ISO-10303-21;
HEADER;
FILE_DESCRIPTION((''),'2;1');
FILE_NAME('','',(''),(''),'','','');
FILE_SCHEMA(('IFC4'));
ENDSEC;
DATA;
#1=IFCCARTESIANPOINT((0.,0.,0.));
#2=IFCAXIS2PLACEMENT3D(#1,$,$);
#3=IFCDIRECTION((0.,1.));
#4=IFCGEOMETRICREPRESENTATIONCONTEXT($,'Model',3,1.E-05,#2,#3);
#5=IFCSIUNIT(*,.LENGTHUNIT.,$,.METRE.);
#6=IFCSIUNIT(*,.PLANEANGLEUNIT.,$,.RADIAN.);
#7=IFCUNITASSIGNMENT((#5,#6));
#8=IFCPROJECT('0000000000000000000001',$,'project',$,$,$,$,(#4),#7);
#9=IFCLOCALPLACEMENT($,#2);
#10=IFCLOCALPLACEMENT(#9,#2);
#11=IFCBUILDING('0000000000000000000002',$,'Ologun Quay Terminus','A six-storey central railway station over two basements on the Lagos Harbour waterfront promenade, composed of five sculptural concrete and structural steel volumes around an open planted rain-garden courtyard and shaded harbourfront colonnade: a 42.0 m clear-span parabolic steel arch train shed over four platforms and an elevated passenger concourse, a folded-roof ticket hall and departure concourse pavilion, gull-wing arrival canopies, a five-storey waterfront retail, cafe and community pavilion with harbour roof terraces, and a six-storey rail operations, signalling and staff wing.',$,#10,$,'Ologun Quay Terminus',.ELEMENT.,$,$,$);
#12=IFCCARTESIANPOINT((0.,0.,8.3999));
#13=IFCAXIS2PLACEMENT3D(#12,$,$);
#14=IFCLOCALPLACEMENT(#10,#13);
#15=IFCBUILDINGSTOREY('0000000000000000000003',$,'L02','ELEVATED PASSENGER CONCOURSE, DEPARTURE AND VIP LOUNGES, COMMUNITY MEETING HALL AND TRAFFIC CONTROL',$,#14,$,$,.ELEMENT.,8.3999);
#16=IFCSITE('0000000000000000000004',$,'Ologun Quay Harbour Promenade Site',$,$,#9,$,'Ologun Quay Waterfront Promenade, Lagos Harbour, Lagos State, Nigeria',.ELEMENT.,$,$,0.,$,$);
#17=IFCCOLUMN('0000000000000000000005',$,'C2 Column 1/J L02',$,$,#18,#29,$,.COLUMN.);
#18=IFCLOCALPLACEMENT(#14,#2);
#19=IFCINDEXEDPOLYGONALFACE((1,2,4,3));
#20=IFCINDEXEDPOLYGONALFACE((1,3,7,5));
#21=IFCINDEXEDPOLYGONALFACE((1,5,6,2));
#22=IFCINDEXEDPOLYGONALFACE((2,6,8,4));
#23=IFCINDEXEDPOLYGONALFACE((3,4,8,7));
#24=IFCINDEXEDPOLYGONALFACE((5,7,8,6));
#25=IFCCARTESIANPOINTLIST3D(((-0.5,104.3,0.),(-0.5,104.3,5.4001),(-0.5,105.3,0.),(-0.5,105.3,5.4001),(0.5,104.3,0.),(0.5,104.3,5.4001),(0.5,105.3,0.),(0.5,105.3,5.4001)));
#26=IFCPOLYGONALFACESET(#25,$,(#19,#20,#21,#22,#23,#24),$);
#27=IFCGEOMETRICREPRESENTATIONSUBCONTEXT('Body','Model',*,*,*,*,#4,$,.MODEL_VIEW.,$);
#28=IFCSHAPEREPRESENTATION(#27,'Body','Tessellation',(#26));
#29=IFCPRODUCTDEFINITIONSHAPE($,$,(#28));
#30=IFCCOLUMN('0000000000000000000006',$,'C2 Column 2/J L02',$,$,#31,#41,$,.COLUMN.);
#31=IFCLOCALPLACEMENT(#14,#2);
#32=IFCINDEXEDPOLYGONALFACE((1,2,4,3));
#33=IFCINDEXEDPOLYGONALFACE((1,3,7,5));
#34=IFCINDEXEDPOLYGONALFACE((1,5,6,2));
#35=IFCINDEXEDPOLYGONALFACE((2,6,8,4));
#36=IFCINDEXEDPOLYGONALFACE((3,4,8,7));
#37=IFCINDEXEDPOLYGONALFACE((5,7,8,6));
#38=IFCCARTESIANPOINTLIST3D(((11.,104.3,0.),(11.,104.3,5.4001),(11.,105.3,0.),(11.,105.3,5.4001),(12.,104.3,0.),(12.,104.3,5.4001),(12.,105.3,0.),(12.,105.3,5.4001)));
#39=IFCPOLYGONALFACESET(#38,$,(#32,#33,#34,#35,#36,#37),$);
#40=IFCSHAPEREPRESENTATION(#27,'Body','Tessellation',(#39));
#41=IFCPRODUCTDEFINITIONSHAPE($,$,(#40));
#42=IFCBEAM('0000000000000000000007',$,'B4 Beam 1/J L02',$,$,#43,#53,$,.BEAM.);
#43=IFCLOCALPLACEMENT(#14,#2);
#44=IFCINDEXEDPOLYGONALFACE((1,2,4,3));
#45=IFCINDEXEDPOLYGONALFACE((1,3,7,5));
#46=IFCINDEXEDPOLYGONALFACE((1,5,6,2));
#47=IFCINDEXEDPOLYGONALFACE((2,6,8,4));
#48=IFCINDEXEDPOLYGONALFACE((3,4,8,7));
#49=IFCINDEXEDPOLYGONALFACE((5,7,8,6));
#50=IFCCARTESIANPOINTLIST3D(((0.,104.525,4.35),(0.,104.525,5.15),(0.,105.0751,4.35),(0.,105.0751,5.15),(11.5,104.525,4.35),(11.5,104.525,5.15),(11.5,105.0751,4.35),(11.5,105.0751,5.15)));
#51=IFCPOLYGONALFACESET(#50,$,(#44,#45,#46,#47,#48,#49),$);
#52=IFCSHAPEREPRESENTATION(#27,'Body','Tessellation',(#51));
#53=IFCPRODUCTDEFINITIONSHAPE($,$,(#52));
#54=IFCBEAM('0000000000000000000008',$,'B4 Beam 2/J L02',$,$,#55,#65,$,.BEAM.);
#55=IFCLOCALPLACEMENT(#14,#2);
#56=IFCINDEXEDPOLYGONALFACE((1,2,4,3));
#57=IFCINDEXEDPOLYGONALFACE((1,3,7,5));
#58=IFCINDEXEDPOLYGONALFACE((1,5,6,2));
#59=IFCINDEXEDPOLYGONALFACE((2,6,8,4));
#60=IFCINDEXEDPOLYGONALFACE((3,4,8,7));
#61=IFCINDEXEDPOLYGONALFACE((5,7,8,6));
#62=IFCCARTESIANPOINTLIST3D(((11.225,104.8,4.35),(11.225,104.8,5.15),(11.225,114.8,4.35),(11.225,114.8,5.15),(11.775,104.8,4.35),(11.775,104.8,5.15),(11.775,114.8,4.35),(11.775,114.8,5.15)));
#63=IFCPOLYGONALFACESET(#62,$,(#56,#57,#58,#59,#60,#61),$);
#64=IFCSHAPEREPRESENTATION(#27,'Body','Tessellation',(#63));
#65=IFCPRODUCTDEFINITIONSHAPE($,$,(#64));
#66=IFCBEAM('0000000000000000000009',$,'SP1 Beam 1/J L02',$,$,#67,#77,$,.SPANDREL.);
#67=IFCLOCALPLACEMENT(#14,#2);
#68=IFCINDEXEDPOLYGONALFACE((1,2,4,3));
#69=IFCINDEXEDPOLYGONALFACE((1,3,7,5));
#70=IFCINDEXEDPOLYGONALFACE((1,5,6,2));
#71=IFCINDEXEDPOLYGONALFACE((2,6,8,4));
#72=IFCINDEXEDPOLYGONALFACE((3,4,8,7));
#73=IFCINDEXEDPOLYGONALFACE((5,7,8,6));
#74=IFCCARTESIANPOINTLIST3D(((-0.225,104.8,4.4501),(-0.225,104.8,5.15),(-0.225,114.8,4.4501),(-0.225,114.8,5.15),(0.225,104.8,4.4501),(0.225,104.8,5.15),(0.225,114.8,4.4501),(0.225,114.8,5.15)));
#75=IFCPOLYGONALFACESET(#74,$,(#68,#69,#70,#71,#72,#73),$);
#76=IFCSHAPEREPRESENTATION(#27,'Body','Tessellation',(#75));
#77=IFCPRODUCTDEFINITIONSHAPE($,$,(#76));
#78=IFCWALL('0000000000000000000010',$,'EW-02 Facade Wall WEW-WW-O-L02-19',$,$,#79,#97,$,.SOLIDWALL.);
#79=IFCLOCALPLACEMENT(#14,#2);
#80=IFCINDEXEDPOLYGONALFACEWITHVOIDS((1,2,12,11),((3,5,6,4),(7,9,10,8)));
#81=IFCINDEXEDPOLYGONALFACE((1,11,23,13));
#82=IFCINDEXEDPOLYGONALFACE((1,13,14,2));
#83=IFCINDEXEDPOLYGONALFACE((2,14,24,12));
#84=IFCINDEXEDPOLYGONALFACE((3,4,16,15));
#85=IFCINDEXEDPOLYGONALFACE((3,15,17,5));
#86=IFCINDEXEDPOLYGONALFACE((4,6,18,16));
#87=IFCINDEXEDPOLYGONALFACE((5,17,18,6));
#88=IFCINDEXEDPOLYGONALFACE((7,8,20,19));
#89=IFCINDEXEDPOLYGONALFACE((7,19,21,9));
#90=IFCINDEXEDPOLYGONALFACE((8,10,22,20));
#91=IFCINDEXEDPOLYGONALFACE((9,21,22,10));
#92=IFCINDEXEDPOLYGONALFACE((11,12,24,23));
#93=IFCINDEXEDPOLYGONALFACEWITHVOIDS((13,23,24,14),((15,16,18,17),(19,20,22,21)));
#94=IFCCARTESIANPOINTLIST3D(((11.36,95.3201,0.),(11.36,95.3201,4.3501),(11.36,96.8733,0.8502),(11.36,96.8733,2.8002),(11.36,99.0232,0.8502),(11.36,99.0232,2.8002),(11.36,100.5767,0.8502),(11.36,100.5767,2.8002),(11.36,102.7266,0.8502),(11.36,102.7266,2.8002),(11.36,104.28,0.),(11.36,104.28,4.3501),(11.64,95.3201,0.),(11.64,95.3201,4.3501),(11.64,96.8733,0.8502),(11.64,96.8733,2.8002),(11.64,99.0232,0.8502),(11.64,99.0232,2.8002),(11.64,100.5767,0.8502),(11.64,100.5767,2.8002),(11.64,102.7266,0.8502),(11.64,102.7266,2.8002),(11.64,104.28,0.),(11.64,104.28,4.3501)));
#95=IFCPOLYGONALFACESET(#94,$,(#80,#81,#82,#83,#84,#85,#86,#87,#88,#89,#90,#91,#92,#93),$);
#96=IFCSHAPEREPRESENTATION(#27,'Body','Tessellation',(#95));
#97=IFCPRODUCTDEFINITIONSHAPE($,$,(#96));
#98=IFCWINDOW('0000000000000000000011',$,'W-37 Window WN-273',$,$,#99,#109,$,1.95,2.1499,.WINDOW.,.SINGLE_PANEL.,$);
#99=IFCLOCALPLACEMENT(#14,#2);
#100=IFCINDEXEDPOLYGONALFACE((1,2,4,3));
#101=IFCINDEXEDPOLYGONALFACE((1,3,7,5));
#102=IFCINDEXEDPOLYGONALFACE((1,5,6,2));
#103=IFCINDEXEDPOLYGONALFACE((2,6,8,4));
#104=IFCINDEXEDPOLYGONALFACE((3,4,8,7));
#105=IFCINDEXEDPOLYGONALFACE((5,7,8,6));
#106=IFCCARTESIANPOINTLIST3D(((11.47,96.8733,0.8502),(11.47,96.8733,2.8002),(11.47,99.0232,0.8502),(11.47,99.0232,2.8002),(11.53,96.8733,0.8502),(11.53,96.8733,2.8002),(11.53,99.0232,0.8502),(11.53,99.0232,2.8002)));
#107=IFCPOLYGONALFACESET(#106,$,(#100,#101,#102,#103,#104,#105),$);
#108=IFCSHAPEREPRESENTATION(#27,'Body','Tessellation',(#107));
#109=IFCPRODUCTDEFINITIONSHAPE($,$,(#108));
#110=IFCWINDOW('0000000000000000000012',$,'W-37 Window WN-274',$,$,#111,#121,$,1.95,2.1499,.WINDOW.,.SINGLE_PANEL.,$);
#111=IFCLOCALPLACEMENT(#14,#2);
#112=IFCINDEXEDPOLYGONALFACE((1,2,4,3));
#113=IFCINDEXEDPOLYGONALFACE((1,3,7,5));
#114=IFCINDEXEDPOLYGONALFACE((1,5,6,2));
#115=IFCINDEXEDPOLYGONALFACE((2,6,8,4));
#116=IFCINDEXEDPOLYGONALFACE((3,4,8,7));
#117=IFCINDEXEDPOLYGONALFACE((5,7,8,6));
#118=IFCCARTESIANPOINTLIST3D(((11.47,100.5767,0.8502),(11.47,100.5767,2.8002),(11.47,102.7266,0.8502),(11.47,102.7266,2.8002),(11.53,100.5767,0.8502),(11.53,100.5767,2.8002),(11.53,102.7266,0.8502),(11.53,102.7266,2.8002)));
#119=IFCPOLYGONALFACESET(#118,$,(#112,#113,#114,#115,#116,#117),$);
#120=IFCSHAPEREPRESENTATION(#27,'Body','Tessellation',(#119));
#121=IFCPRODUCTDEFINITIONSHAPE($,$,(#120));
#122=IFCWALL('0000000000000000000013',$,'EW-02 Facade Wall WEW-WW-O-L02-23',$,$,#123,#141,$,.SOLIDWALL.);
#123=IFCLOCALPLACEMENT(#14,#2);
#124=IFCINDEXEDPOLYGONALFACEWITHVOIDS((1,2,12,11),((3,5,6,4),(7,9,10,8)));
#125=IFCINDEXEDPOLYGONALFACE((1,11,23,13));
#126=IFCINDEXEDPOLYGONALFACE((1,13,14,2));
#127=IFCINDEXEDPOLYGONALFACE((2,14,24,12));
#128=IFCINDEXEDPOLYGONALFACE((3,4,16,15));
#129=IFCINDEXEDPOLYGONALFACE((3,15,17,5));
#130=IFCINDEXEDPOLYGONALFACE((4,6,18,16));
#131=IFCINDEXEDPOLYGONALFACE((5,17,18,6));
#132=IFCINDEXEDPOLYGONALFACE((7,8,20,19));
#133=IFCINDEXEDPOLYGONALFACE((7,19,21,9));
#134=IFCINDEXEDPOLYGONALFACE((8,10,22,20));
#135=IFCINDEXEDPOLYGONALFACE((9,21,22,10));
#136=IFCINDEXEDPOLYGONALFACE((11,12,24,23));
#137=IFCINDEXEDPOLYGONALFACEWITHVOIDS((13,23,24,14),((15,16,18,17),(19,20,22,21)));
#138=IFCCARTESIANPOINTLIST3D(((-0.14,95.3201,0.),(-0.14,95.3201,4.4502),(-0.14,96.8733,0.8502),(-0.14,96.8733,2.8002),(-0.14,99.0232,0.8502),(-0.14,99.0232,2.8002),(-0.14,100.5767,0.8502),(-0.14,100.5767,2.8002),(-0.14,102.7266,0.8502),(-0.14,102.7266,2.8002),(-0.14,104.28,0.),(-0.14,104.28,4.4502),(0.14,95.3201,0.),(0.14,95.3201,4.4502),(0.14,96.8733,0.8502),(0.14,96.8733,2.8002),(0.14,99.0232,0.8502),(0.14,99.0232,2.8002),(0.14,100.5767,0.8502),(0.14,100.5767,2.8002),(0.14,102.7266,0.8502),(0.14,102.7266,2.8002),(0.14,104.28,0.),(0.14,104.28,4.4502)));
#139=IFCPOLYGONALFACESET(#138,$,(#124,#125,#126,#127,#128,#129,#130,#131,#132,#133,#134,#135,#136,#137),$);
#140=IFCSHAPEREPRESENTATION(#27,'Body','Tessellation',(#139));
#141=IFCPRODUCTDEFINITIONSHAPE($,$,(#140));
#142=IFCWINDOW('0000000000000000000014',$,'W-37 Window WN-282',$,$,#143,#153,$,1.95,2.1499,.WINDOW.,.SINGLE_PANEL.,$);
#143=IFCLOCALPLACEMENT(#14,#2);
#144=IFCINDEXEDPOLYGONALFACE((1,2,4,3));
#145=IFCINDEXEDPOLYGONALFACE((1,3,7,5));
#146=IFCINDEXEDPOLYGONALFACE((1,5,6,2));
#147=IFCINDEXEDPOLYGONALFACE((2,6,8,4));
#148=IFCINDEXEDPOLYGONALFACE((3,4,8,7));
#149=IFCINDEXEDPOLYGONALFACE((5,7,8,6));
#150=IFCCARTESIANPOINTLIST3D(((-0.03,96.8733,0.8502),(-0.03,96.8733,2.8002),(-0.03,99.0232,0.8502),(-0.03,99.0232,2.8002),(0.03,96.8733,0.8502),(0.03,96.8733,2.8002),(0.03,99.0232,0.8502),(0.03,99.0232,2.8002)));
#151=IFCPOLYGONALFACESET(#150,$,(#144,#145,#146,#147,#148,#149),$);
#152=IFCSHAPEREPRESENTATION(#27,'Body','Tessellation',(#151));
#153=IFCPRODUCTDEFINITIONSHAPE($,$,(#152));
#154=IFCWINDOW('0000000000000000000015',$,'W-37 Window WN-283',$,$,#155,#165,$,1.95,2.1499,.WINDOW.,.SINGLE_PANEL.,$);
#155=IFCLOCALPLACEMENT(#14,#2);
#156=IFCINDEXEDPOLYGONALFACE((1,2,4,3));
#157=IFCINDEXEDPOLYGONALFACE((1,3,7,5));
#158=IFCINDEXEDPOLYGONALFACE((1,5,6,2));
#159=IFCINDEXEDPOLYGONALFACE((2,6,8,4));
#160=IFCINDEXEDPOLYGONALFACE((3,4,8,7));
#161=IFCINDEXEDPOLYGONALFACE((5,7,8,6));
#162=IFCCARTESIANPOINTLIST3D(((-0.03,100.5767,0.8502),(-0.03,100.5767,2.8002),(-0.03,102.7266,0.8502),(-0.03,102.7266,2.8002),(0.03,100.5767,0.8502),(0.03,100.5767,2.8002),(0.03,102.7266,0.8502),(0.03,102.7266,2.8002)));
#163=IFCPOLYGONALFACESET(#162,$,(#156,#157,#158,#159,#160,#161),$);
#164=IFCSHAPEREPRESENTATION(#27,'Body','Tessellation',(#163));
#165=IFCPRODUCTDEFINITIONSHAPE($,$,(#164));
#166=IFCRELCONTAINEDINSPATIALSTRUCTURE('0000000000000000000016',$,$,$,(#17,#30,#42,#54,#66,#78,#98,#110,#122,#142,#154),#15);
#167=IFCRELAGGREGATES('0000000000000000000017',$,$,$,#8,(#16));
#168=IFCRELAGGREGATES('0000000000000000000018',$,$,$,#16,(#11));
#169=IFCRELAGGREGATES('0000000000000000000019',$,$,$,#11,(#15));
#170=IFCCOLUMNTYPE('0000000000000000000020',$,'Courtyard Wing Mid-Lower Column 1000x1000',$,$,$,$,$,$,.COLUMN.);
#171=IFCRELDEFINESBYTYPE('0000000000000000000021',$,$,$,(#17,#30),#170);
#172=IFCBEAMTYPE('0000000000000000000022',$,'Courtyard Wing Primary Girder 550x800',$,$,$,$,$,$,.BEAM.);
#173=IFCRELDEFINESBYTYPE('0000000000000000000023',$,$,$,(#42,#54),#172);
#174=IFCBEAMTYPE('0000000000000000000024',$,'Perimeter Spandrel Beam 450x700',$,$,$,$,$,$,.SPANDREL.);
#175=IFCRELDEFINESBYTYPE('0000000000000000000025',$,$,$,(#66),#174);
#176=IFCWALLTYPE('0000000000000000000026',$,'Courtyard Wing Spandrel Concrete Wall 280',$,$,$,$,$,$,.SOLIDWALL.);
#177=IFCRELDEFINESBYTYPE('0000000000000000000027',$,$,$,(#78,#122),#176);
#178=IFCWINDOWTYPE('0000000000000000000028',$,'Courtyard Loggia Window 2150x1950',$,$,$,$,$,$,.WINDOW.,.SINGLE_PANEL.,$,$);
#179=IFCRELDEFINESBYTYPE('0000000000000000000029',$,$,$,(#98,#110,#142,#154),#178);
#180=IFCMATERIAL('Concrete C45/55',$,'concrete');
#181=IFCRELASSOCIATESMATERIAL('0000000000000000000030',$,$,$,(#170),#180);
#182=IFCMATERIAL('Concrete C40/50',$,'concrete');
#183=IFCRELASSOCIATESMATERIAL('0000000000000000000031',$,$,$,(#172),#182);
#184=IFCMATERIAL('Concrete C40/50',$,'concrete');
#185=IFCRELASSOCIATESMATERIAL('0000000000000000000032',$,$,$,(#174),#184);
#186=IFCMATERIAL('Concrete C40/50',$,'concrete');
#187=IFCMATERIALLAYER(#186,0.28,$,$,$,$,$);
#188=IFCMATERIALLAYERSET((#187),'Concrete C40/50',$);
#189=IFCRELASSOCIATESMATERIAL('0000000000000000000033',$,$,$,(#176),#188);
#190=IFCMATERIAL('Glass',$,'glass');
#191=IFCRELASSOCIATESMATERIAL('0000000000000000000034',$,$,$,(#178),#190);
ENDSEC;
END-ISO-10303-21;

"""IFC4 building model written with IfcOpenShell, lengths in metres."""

from ifc_helpers import new_model, si_unit, direction, frame, frame_2d, origin, origin_2d, place, context, subcontext, project, spatial, rectangle, extrude, material, layer, layer_set, material_profile, profile_set, type_object, element, fill, save


model = new_model("IFC4")

# Units and contexts
model_context = context("Model", 3, precision=1e-05, world=origin(), true_north=direction((0.0, 1.0)))
body_context = subcontext(model_context, "Body", "Model", "MODEL_VIEW")
ifc_project = project(units=[si_unit("LENGTHUNIT", "METRE"), si_unit("PLANEANGLEUNIT", "RADIAN")], contexts=[model_context])

# Site, building, storey
site_placement = place(None, origin())
site = spatial("IfcSite", under=ifc_project, at=site_placement, Name="Ologun Quay Harbour Promenade Site", LongName="Ologun Quay Waterfront Promenade, Lagos Harbour, Lagos State, Nigeria", CompositionType="ELEMENT", RefElevation=0.0)
building_placement = place(site_placement, origin())
building = spatial("IfcBuilding", under=site, at=building_placement, Name="Ologun Quay Terminus", Description="A six-storey central railway station over two basements on the Lagos Harbour waterfront promenade, composed of five sculptural concrete and structural steel volumes around an open planted rain-garden courtyard and shaded harbourfront colonnade: a 42.0 m clear-span parabolic steel arch train shed over four platforms and an elevated passenger concourse, a folded-roof ticket hall and departure concourse pavilion, gull-wing arrival canopies, a five-storey waterfront retail, cafe and community pavilion with harbour roof terraces, and a six-storey rail operations, signalling and staff wing.", LongName="Ologun Quay Terminus", CompositionType="ELEMENT")
storey_placement = place(building_placement, frame((0.0, 0.0, 8.3999)))
storey = spatial("IfcBuildingStorey", under=building, at=storey_placement, Name="L02", Description="ELEVATED PASSENGER CONCOURSE, DEPARTURE AND VIP LOUNGES, COMMUNITY MEETING HALL AND TRAFFIC CONTROL", CompositionType="ELEMENT", Elevation=8.3999)

# Columns
ifc_material_1 = material(Name="Concrete C45/55", Category="concrete")
ifc_material_profile_1 = material_profile(ifc_material_1, rectangle(XDim=1.0, YDim=1.0, at=origin_2d()), Name="RC 1000x1000")
ifc_profile_set_1 = profile_set([ifc_material_profile_1], Name="Concrete C45/55")
column_type = type_object("IfcColumnType", Name="Courtyard Wing Mid-Lower Column 1000x1000", PredefinedType="COLUMN", material=ifc_profile_set_1)
for number, where, z_axis, x_axis, name in (
    (1, (0.0, 104.8, 0.0), (0.0, 0.0, 1.0), (1.0, 0.0, 0.0), "C2 Column 1/J L02"),
    (2, (11.5, 104.8, 0.0), (0.0, 0.0, 1.0), (1.0, 0.0, 0.0), "C2 Column 2/J L02"),
):
    element("IfcColumn", number, at=place(storey_placement, frame(where, z_axis=z_axis, x_axis=x_axis)), inside=storey, type_object=column_type, Name=name, PredefinedType="COLUMN", context=body_context, shape_type="SweptSolid", body=[
        extrude(rectangle(XDim=1.0, YDim=1.0, at=origin_2d()), origin(), (0.0, 0.0, 1.0), 5.4001),
    ])

# Beams
ifc_material_2 = material(Name="Concrete C40/50", Category="concrete")
ifc_material_profile_2 = material_profile(ifc_material_2, rectangle(XDim=0.55, YDim=0.8, at=origin_2d()), Name="RC 550x800")
ifc_profile_set_2 = profile_set([ifc_material_profile_2], Name="Concrete C40/50")
beam_type_1 = type_object("IfcBeamType", Name="Courtyard Wing Primary Girder 550x800", PredefinedType="BEAM", material=ifc_profile_set_2)
beam_1_placement = place(storey_placement, frame((0.0, 104.8, 4.75), z_axis=(1.0, 0.0, 0.0), x_axis=(0.0, 1.0, 0.0)))
element("IfcBeam", 3, at=beam_1_placement, inside=storey, type_object=beam_type_1, Name="B4 Beam 1/J L02", PredefinedType="BEAM", context=body_context, shape_type="SweptSolid", body=[
    extrude(rectangle(XDim=0.55, YDim=0.8, at=origin_2d()), origin(), (0.0, 0.0, 1.0), 11.5),
])
beam_2_placement = place(storey_placement, frame((11.5, 104.8, 4.75), z_axis=(0.0, 1.0, 0.0), x_axis=(-1.0, 0.0, 0.0)))
element("IfcBeam", 4, at=beam_2_placement, inside=storey, type_object=beam_type_1, Name="B4 Beam 2/J L02", PredefinedType="BEAM", context=body_context, shape_type="SweptSolid", body=[
    extrude(rectangle(XDim=0.55, YDim=0.8, at=origin_2d()), origin(), (0.0, 0.0, 1.0), 10.0),
])
ifc_material_3 = material(Name="Concrete C40/50", Category="concrete")
ifc_material_profile_3 = material_profile(ifc_material_3, rectangle(XDim=0.45, YDim=0.7, at=origin_2d()), Name="RC 450x700")
ifc_profile_set_3 = profile_set([ifc_material_profile_3], Name="Concrete C40/50")
beam_type_2 = type_object("IfcBeamType", Name="Perimeter Spandrel Beam 450x700", PredefinedType="SPANDREL", material=ifc_profile_set_3)
beam_3_placement = place(storey_placement, frame((0.0, 104.8, 4.8), z_axis=(0.0, 1.0, 0.0), x_axis=(-1.0, 0.0, 0.0)))
element("IfcBeam", 5, at=beam_3_placement, inside=storey, type_object=beam_type_2, Name="SP1 Beam 1/J L02", PredefinedType="SPANDREL", context=body_context, shape_type="SweptSolid", body=[
    extrude(rectangle(XDim=0.45, YDim=0.7, at=origin_2d()), origin(), (0.0, 0.0, 1.0), 10.0),
])

# Walls, openings, windows
ifc_material_4 = material(Name="Concrete C40/50", Category="concrete")
ifc_layer_1 = layer(ifc_material_4, 0.28)
ifc_layer_set_1 = layer_set([ifc_layer_1], Name="Concrete C40/50")
wall_type = type_object("IfcWallType", Name="Courtyard Wing Spandrel Concrete Wall 280", PredefinedType="SOLIDWALL", material=ifc_layer_set_1)
wall_1_placement = place(storey_placement, frame((11.5, 95.3201, 0.0), z_axis=(0.0, 0.0, 1.0), x_axis=(0.0, 1.0, 0.0)))
wall_1 = element("IfcWall", 6, at=wall_1_placement, inside=storey, type_object=wall_type, Name="EW-02 Facade Wall WEW-WW-O-L02-19", PredefinedType="SOLIDWALL", context=body_context, shape_type="SweptSolid", body=[
    extrude(rectangle(XDim=8.96, YDim=0.28, at=frame_2d((4.48, 0.0))), origin(), (0.0, 0.0, 1.0), 4.3501),
])
opening_1_placement = place(wall_1_placement, frame((1.5532, 0.0, 0.8501)))
opening_1 = element("IfcOpeningElement", 7, at=opening_1_placement, cuts=wall_1, PredefinedType="OPENING", context=body_context, shape_type="SweptSolid", body=[
    extrude(rectangle(XDim=2.1499, YDim=1.95, at=frame_2d((1.075, 0.9751))), frame((0.0, 0.1499, 0.0), z_axis=(0.0, -1.0, 0.0), x_axis=(1.0, 0.0, 0.0)), (0.0, 0.0, 1.0), 0.3),
])
opening_2_placement = place(wall_1_placement, frame((5.2566, 0.0, 0.8501)))
opening_2 = element("IfcOpeningElement", 8, at=opening_2_placement, cuts=wall_1, PredefinedType="OPENING", context=body_context, shape_type="SweptSolid", body=[
    extrude(rectangle(XDim=2.1499, YDim=1.95, at=frame_2d((1.075, 0.9751))), frame((0.0, 0.1499, 0.0), z_axis=(0.0, -1.0, 0.0), x_axis=(1.0, 0.0, 0.0)), (0.0, 0.0, 1.0), 0.3),
])
ifc_material_5 = material(Name="Glass", Category="glass")
window_type = type_object("IfcWindowType", Name="Courtyard Loggia Window 2150x1950", PartitioningType="SINGLE_PANEL", PredefinedType="WINDOW", material=ifc_material_5)
window_1_placement = place(opening_1_placement, origin())
window_1 = element("IfcWindow", 9, at=window_1_placement, inside=storey, type_object=window_type, Name="W-37 Window WN-273", OverallHeight=1.95, OverallWidth=2.1499, PartitioningType="SINGLE_PANEL", PredefinedType="WINDOW", context=body_context, shape_type="SweptSolid", body=[
    extrude(rectangle(XDim=2.1499, YDim=1.95, at=frame_2d((1.075, 0.9751))), frame((0.0, 0.03, 0.0), z_axis=(0.0, -1.0, 0.0), x_axis=(1.0, 0.0, 0.0)), (0.0, 0.0, 1.0), 0.0601),
])
fill(opening_1, window_1)
window_2_placement = place(opening_2_placement, origin())
window_2 = element("IfcWindow", 10, at=window_2_placement, inside=storey, type_object=window_type, Name="W-37 Window WN-274", OverallHeight=1.95, OverallWidth=2.1499, PartitioningType="SINGLE_PANEL", PredefinedType="WINDOW", context=body_context, shape_type="SweptSolid", body=[
    extrude(rectangle(XDim=2.1499, YDim=1.95, at=frame_2d((1.075, 0.9751))), frame((0.0, 0.03, 0.0), z_axis=(0.0, -1.0, 0.0), x_axis=(1.0, 0.0, 0.0)), (0.0, 0.0, 1.0), 0.0601),
])
fill(opening_2, window_2)
wall_2_placement = place(storey_placement, frame((0.0, 95.3201, 0.0), z_axis=(0.0, 0.0, 1.0), x_axis=(0.0, 1.0, 0.0)))
wall_2 = element("IfcWall", 11, at=wall_2_placement, inside=storey, type_object=wall_type, Name="EW-02 Facade Wall WEW-WW-O-L02-23", PredefinedType="SOLIDWALL", context=body_context, shape_type="SweptSolid", body=[
    extrude(rectangle(XDim=8.96, YDim=0.28, at=frame_2d((4.48, 0.0))), origin(), (0.0, 0.0, 1.0), 4.4502),
])
opening_3_placement = place(wall_2_placement, frame((1.5532, 0.0, 0.8501)))
opening_3 = element("IfcOpeningElement", 12, at=opening_3_placement, cuts=wall_2, PredefinedType="OPENING", context=body_context, shape_type="SweptSolid", body=[
    extrude(rectangle(XDim=2.1499, YDim=1.95, at=frame_2d((1.075, 0.9751))), frame((0.0, 0.1499, 0.0), z_axis=(0.0, -1.0, 0.0), x_axis=(1.0, 0.0, 0.0)), (0.0, 0.0, 1.0), 0.3),
])
opening_4_placement = place(wall_2_placement, frame((5.2566, 0.0, 0.8501)))
opening_4 = element("IfcOpeningElement", 13, at=opening_4_placement, cuts=wall_2, PredefinedType="OPENING", context=body_context, shape_type="SweptSolid", body=[
    extrude(rectangle(XDim=2.1499, YDim=1.95, at=frame_2d((1.075, 0.9751))), frame((0.0, 0.1499, 0.0), z_axis=(0.0, -1.0, 0.0), x_axis=(1.0, 0.0, 0.0)), (0.0, 0.0, 1.0), 0.3),
])
window_3_placement = place(opening_3_placement, origin())
window_3 = element("IfcWindow", 14, at=window_3_placement, inside=storey, type_object=window_type, Name="W-37 Window WN-282", OverallHeight=1.95, OverallWidth=2.1499, PartitioningType="SINGLE_PANEL", PredefinedType="WINDOW", context=body_context, shape_type="SweptSolid", body=[
    extrude(rectangle(XDim=2.1499, YDim=1.95, at=frame_2d((1.075, 0.9751))), frame((0.0, 0.03, 0.0), z_axis=(0.0, -1.0, 0.0), x_axis=(1.0, 0.0, 0.0)), (0.0, 0.0, 1.0), 0.0601),
])
fill(opening_3, window_3)
window_4_placement = place(opening_4_placement, origin())
window_4 = element("IfcWindow", 15, at=window_4_placement, inside=storey, type_object=window_type, Name="W-37 Window WN-283", OverallHeight=1.95, OverallWidth=2.1499, PartitioningType="SINGLE_PANEL", PredefinedType="WINDOW", context=body_context, shape_type="SweptSolid", body=[
    extrude(rectangle(XDim=2.1499, YDim=1.95, at=frame_2d((1.075, 0.9751))), frame((0.0, 0.03, 0.0), z_axis=(0.0, -1.0, 0.0), x_axis=(1.0, 0.0, 0.0)), (0.0, 0.0, 1.0), 0.0601),
])
fill(opening_4, window_4)

save(model, "model.ifc")
